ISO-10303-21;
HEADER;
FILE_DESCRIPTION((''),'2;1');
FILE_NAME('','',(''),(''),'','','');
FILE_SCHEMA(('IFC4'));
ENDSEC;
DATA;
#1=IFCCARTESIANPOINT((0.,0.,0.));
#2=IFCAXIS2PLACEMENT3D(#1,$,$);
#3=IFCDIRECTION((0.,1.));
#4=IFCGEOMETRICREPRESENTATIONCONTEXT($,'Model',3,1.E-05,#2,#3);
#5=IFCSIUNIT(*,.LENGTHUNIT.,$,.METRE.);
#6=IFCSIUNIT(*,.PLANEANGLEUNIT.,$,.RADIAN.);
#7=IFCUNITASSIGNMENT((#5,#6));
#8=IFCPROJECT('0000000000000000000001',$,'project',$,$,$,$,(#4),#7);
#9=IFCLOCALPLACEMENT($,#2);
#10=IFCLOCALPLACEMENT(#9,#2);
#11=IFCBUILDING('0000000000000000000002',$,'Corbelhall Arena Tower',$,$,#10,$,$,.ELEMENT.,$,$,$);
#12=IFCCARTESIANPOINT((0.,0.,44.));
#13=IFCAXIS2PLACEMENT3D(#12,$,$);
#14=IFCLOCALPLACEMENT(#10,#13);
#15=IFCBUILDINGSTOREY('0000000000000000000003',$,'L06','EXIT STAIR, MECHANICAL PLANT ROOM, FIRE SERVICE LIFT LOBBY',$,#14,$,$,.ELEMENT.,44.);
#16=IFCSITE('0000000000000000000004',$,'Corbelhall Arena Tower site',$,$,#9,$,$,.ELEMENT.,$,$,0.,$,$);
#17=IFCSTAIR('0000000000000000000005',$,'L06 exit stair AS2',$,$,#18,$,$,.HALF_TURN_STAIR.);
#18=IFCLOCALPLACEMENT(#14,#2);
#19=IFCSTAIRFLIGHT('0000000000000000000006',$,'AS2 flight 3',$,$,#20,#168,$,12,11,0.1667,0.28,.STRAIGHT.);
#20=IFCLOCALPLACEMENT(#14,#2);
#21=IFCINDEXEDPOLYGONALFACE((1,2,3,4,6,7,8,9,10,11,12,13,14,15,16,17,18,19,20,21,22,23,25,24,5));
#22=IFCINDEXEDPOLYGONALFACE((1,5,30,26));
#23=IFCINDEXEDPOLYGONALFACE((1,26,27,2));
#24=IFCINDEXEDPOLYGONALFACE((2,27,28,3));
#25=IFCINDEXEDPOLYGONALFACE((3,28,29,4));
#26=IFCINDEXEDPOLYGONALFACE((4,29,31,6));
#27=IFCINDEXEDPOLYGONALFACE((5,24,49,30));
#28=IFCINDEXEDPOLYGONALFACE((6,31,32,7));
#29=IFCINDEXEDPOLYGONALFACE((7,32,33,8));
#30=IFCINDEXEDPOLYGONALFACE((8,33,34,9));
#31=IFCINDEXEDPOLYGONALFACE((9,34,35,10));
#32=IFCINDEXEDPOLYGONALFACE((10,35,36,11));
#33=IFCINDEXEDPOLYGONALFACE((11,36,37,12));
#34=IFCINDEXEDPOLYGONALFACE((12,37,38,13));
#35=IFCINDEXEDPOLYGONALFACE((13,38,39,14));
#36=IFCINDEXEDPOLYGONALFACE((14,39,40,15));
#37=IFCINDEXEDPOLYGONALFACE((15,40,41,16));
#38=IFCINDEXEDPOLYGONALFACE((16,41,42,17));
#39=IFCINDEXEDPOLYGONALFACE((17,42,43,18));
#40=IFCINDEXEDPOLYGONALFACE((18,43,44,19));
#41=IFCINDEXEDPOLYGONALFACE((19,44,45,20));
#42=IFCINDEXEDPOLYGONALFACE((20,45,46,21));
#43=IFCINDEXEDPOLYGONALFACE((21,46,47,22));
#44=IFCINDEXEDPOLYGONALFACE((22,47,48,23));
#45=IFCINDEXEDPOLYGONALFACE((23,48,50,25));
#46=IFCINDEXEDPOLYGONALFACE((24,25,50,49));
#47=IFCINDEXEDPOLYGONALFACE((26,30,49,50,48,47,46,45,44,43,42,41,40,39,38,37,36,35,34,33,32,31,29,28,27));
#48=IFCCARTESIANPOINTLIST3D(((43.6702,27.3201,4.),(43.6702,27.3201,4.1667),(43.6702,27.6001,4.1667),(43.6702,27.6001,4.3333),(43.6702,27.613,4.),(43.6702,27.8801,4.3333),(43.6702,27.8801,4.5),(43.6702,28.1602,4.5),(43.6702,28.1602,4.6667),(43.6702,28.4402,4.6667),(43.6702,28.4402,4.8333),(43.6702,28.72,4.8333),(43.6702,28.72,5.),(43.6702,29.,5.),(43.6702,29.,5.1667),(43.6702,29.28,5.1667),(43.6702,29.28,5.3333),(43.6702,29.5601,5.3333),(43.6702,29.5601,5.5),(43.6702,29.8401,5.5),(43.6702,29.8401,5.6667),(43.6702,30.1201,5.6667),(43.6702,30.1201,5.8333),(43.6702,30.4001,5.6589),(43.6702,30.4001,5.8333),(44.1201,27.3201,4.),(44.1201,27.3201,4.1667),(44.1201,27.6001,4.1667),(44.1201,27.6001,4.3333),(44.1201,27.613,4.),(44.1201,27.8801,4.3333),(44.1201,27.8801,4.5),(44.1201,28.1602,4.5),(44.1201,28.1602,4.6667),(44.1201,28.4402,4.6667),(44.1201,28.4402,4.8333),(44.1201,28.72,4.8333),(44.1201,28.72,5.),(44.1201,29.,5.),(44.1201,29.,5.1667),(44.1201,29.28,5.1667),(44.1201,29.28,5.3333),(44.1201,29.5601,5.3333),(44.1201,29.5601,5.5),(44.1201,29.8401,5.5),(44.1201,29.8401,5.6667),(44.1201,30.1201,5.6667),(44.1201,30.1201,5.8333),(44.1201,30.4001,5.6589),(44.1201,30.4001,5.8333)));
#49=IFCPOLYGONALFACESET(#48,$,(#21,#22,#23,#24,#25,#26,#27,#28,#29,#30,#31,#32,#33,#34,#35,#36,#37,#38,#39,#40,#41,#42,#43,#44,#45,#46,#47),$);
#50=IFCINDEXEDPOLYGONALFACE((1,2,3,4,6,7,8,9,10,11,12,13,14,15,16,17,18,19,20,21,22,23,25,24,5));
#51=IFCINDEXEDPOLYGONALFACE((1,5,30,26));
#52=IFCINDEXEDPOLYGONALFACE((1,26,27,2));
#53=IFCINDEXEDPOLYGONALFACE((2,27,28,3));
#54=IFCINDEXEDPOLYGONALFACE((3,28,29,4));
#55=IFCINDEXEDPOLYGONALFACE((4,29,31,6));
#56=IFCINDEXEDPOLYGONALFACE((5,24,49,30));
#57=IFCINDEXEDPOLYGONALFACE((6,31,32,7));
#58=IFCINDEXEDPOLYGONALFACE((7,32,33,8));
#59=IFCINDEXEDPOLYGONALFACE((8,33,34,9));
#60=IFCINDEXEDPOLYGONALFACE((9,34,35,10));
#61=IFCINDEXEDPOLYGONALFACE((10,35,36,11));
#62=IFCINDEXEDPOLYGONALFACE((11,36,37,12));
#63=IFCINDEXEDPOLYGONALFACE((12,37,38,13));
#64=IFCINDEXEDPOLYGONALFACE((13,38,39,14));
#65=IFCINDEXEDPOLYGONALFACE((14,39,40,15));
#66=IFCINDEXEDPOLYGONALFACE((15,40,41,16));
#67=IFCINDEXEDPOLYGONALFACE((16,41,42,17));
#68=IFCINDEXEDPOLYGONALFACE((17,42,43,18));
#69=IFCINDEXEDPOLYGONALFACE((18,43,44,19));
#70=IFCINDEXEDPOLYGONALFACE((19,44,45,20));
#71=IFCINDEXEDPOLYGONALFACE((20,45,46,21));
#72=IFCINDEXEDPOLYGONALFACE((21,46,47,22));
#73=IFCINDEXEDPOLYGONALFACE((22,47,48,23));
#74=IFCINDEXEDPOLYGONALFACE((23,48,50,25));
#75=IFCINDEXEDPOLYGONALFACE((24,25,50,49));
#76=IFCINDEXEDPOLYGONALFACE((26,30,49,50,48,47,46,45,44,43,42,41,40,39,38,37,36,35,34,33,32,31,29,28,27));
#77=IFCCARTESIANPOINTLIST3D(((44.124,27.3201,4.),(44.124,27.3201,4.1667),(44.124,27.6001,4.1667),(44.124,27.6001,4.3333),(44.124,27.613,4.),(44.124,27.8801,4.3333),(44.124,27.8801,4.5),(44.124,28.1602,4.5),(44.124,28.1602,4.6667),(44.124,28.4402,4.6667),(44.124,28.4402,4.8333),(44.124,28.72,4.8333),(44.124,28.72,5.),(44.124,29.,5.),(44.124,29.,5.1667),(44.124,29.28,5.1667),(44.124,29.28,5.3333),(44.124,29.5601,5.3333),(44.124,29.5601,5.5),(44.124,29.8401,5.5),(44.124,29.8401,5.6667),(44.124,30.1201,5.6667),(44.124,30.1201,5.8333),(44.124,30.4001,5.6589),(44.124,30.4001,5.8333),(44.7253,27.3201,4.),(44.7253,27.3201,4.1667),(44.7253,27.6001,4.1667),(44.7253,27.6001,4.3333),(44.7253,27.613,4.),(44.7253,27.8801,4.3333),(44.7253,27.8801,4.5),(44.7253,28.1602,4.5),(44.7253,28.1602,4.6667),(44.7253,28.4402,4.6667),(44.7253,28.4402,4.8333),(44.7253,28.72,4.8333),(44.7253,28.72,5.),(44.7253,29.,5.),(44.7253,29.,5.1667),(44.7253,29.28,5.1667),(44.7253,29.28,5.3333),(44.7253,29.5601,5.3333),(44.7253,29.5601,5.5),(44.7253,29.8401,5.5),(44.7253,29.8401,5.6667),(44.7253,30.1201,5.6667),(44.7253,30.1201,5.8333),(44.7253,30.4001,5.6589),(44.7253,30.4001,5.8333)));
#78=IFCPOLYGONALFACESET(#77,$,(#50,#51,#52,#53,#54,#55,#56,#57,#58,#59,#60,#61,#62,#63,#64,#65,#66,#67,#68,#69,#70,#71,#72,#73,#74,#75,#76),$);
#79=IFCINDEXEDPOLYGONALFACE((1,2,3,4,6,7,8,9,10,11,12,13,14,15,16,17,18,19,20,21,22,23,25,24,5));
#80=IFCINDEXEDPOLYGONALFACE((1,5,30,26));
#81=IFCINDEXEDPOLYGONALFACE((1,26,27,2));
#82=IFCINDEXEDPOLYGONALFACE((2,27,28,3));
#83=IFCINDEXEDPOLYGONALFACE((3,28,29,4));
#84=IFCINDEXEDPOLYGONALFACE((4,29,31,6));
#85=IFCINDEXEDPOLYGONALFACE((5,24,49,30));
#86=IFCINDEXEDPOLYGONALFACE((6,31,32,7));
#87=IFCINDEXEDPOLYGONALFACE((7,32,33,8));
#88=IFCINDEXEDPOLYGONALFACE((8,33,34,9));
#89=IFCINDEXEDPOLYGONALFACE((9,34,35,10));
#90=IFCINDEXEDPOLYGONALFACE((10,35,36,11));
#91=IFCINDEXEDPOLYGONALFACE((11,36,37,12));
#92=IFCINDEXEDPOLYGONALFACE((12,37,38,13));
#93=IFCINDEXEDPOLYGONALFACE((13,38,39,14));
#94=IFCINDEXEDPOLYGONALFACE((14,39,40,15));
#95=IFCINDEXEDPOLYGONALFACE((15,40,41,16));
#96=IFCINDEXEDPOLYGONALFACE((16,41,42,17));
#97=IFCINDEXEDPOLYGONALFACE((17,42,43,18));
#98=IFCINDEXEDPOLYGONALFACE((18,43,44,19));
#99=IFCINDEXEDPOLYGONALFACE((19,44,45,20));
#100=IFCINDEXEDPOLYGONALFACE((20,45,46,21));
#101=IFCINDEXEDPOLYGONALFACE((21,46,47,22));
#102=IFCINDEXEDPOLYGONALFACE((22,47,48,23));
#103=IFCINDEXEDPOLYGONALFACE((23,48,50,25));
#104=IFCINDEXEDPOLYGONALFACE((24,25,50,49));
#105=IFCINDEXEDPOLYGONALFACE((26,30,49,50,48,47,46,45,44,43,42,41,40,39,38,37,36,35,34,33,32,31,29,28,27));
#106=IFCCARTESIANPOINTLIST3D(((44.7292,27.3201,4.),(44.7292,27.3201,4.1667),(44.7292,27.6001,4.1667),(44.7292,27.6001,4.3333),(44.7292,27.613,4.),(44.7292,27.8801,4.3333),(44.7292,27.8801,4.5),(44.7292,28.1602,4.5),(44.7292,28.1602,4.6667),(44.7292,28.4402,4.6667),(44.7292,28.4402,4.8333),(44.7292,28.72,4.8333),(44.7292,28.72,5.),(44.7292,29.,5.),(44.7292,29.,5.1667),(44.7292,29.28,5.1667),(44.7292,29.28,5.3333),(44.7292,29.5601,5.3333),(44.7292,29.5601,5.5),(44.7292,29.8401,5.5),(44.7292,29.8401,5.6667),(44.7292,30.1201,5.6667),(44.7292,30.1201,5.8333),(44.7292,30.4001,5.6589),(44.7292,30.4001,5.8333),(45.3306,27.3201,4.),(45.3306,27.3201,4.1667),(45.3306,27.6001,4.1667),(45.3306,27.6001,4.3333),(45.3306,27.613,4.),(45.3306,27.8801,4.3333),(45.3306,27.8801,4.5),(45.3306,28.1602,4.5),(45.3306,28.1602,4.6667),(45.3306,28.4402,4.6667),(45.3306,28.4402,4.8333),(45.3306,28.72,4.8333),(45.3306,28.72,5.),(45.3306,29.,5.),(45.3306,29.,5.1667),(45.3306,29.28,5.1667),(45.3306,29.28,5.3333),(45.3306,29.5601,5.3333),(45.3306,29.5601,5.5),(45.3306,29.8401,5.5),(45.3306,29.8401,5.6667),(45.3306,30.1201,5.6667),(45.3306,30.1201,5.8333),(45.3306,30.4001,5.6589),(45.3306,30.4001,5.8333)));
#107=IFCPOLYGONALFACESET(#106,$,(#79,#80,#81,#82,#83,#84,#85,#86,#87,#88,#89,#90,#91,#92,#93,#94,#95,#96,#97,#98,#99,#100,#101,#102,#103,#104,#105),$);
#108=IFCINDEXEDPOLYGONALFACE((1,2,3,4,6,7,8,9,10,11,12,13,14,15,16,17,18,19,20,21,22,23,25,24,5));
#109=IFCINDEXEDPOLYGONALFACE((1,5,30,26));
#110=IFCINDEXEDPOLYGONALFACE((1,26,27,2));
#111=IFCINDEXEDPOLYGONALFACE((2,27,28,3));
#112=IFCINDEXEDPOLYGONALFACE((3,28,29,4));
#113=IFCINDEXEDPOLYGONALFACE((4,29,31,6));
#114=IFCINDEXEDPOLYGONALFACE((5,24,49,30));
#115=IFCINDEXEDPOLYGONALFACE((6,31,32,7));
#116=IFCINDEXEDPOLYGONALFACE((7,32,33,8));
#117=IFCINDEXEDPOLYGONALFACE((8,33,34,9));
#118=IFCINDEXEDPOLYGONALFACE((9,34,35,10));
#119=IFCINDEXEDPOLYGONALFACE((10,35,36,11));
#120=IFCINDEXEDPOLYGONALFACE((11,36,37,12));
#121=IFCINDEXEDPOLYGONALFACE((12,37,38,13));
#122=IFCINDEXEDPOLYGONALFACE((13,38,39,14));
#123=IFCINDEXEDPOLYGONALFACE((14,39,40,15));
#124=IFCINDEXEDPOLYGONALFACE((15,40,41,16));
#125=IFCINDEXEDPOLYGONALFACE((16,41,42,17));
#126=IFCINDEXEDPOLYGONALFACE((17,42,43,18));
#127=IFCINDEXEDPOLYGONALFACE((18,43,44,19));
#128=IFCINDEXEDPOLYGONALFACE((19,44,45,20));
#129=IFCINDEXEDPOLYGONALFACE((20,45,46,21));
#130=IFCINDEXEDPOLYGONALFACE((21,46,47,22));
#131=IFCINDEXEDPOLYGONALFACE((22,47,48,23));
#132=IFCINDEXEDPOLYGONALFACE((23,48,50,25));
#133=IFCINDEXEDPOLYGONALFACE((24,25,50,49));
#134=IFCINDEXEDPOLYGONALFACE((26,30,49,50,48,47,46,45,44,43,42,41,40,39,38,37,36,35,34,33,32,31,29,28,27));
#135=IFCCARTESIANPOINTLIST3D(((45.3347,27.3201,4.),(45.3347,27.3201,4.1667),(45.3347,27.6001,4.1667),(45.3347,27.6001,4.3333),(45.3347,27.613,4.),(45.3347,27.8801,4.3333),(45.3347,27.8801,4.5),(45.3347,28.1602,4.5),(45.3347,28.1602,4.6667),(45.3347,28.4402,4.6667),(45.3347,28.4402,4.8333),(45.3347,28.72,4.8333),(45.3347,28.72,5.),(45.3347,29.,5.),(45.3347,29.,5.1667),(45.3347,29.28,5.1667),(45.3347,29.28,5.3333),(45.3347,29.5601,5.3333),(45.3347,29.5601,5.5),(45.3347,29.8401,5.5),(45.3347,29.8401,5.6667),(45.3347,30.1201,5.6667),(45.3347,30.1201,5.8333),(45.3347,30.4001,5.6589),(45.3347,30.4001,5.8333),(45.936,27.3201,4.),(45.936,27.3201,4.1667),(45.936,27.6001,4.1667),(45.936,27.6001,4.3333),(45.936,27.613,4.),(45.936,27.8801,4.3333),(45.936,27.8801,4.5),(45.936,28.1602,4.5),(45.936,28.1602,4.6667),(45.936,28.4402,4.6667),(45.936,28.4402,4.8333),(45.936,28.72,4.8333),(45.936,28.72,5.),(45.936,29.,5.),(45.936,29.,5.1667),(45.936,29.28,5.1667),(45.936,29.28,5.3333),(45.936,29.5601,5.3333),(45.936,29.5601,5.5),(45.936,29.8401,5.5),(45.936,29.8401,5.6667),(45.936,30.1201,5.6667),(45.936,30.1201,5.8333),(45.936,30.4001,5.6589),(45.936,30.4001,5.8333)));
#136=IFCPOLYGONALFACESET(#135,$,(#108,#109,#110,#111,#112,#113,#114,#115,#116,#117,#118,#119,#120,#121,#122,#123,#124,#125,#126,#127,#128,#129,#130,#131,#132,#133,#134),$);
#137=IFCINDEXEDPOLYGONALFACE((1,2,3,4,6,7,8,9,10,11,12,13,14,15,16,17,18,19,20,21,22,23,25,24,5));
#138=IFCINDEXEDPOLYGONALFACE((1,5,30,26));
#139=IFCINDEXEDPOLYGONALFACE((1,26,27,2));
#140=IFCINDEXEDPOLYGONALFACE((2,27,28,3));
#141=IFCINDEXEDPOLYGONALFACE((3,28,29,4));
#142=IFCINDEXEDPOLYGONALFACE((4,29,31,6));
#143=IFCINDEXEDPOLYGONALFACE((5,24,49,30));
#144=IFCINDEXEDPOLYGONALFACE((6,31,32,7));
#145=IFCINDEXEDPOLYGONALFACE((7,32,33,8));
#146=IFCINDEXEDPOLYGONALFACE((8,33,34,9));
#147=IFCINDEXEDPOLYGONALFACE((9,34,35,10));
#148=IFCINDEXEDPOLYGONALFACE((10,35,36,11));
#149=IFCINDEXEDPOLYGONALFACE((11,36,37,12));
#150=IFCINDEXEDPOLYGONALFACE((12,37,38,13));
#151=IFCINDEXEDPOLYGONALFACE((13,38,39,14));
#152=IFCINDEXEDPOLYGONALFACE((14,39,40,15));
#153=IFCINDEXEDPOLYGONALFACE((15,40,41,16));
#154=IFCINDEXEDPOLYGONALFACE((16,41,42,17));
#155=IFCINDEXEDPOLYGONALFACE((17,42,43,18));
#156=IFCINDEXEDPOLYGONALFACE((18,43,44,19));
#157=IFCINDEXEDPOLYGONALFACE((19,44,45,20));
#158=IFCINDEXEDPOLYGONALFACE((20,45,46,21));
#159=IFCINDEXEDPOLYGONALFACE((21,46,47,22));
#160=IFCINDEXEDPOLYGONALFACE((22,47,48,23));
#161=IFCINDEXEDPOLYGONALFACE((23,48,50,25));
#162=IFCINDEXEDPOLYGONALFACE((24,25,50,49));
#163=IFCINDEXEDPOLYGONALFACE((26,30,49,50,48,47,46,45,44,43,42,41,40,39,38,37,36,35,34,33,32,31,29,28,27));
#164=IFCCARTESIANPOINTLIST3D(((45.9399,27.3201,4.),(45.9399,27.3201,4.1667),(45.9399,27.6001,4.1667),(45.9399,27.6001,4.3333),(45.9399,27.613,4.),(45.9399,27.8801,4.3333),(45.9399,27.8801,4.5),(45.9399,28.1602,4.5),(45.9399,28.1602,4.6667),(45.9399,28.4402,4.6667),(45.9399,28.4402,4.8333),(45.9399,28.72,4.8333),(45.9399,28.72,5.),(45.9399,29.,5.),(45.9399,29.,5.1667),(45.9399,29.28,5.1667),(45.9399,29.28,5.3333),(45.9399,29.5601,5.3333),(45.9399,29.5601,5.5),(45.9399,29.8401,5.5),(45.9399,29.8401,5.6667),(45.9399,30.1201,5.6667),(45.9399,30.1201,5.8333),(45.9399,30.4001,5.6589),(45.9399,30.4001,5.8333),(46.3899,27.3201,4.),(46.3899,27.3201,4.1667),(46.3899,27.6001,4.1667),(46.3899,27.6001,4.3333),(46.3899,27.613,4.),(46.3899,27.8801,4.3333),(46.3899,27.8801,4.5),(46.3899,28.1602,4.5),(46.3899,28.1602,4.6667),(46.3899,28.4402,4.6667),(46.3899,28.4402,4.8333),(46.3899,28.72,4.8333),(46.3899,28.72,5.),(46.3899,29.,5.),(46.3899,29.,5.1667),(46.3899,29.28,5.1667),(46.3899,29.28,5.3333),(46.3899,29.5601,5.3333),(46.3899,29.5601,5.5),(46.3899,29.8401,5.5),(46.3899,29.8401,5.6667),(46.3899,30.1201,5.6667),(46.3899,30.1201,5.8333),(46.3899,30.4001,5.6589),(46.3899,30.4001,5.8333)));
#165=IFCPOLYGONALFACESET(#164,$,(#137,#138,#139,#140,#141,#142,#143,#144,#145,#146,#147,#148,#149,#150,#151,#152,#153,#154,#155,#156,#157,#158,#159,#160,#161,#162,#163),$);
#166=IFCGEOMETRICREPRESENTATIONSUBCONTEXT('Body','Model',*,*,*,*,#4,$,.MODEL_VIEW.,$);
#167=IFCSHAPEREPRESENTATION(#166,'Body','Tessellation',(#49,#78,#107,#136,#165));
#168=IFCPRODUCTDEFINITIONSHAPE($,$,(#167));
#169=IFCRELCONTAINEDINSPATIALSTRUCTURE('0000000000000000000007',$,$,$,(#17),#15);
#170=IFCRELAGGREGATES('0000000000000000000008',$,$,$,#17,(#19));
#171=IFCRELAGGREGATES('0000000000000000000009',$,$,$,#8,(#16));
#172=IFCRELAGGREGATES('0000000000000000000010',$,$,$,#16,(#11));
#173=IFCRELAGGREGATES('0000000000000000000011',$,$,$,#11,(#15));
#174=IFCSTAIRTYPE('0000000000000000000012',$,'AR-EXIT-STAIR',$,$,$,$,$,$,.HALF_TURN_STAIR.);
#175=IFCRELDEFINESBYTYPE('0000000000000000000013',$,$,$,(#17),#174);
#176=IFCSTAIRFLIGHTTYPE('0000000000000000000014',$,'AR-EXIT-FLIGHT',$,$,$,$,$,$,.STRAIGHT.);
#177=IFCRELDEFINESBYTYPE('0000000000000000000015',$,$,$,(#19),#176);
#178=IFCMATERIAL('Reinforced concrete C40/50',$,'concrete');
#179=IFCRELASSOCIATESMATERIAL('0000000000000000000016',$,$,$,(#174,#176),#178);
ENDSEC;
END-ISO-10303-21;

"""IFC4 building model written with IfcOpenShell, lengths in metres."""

from ifc_helpers import new_model, si_unit, direction, frame, origin, place, context, subcontext, project, spatial, polyline, outline, extrude, material, type_object, element, aggregate, save


model = new_model("IFC4")

# Units and contexts
model_context = context("Model", 3, precision=1e-05, world=origin(), true_north=direction((0.0, 1.0)))
body_context = subcontext(model_context, "Body", "Model", "MODEL_VIEW")
ifc_project = project(units=[si_unit("LENGTHUNIT", "METRE"), si_unit("PLANEANGLEUNIT", "RADIAN")], contexts=[model_context])

# Site, building, storey
site_placement = place(None, origin())
site = spatial("IfcSite", under=ifc_project, at=site_placement, Name="Corbelhall Arena Tower site", CompositionType="ELEMENT", RefElevation=0.0)
building_placement = place(site_placement, origin())
building = spatial("IfcBuilding", under=site, at=building_placement, Name="Corbelhall Arena Tower", CompositionType="ELEMENT")
storey_placement = place(building_placement, frame((0.0, 0.0, 44.0)))
storey = spatial("IfcBuildingStorey", under=building, at=storey_placement, Name="L06", Description="EXIT STAIR, MECHANICAL PLANT ROOM, FIRE SERVICE LIFT LOBBY", CompositionType="ELEMENT", Elevation=44.0)

# Shared definitions
ifc_material_1 = material(Name="Reinforced concrete C40/50", Category="concrete")

# Stair, stair flight
stair_type = type_object("IfcStairType", Name="AR-EXIT-STAIR", PredefinedType="HALF_TURN_STAIR", material=ifc_material_1)
stair_flight_type = type_object("IfcStairFlightType", Name="AR-EXIT-FLIGHT", PredefinedType="STRAIGHT", material=ifc_material_1)
stair_1_placement = place(storey_placement, origin())
stair_1 = element("IfcStair", 1, at=stair_1_placement, inside=storey, type_object=stair_type, Name="L06 exit stair AS2", PredefinedType="HALF_TURN_STAIR")
stair_flight_1_placement = place(storey_placement, frame((45.03, 27.3201, 4.0), z_axis=(0.0, 0.0, 1.0), x_axis=(0.0, 1.0, 0.0)))
stair_flight_1 = element("IfcStairFlight", 2, at=stair_flight_1_placement, type_object=stair_flight_type, Name="AS2 flight 3", NumberOfRisers=12, NumberOfTreads=11, PredefinedType="STRAIGHT", RiserHeight=0.1667, TreadLength=0.28, context=body_context, shape_type="SweptSolid", body=[
    extrude(outline(polyline([(0.0, 0.0), (0.0, 0.1667), (0.28, 0.1667), (0.28, 0.3333), (0.5601, 0.3333), (0.5601, 0.5), (0.8401, 0.5), (0.8401, 0.6667), (1.1201, 0.6667), (1.1201, 0.8333), (1.3999, 0.8333), (1.3999, 1.0), (1.6799, 1.0), (1.6799, 1.1667), (1.96, 1.1667), (1.96, 1.3333), (2.24, 1.3333), (2.24, 1.5), (2.52, 1.5), (2.52, 1.6667), (2.8, 1.6667), (2.8, 1.8333), (3.0801, 1.8333), (3.0801, 2.0), (3.0801, 1.6589), (0.293, 0.0), (0.0, 0.0)])), frame((0.0, 1.3599, 0.0), z_axis=(0.0, -1.0, 0.0), x_axis=(1.0, 0.0, 0.0)), (0.0, 0.0, 1.0), 0.45),
    extrude(outline(polyline([(0.0, 0.0), (0.0, 0.1667), (0.28, 0.1667), (0.28, 0.3333), (0.5601, 0.3333), (0.5601, 0.5), (0.8401, 0.5), (0.8401, 0.6667), (1.1201, 0.6667), (1.1201, 0.8333), (1.3999, 0.8333), (1.3999, 1.0), (1.6799, 1.0), (1.6799, 1.1667), (1.96, 1.1667), (1.96, 1.3333), (2.24, 1.3333), (2.24, 1.5), (2.52, 1.5), (2.52, 1.6667), (2.8, 1.6667), (2.8, 1.8333), (3.0801, 1.8333), (3.0801, 2.0), (3.0801, 1.6589), (0.293, 0.0), (0.0, 0.0)])), frame((0.0, 0.906, 0.0), z_axis=(0.0, -1.0, 0.0), x_axis=(1.0, 0.0, 0.0)), (0.0, 0.0, 1.0), 0.6013),
    extrude(outline(polyline([(0.0, 0.0), (0.0, 0.1667), (0.28, 0.1667), (0.28, 0.3333), (0.5601, 0.3333), (0.5601, 0.5), (0.8401, 0.5), (0.8401, 0.6667), (1.1201, 0.6667), (1.1201, 0.8333), (1.3999, 0.8333), (1.3999, 1.0), (1.6799, 1.0), (1.6799, 1.1667), (1.96, 1.1667), (1.96, 1.3333), (2.24, 1.3333), (2.24, 1.5), (2.52, 1.5), (2.52, 1.6667), (2.8, 1.6667), (2.8, 1.8333), (3.0801, 1.8333), (3.0801, 2.0), (3.0801, 1.6589), (0.293, 0.0), (0.0, 0.0)])), frame((0.0, 0.3008, 0.0), z_axis=(0.0, -1.0, 0.0), x_axis=(1.0, 0.0, 0.0)), (0.0, 0.0, 1.0), 0.6013),
    extrude(outline(polyline([(0.0, 0.0), (0.0, 0.1667), (0.28, 0.1667), (0.28, 0.3333), (0.5601, 0.3333), (0.5601, 0.5), (0.8401, 0.5), (0.8401, 0.6667), (1.1201, 0.6667), (1.1201, 0.8333), (1.3999, 0.8333), (1.3999, 1.0), (1.6799, 1.0), (1.6799, 1.1667), (1.96, 1.1667), (1.96, 1.3333), (2.24, 1.3333), (2.24, 1.5), (2.52, 1.5), (2.52, 1.6667), (2.8, 1.6667), (2.8, 1.8333), (3.0801, 1.8333), (3.0801, 2.0), (3.0801, 1.6589), (0.293, 0.0), (0.0, 0.0)])), frame((0.0, -0.3047, 0.0), z_axis=(0.0, -1.0, 0.0), x_axis=(1.0, 0.0, 0.0)), (0.0, 0.0, 1.0), 0.6013),
    extrude(outline(polyline([(0.0, 0.0), (0.0, 0.1667), (0.28, 0.1667), (0.28, 0.3333), (0.5601, 0.3333), (0.5601, 0.5), (0.8401, 0.5), (0.8401, 0.6667), (1.1201, 0.6667), (1.1201, 0.8333), (1.3999, 0.8333), (1.3999, 1.0), (1.6799, 1.0), (1.6799, 1.1667), (1.96, 1.1667), (1.96, 1.3333), (2.24, 1.3333), (2.24, 1.5), (2.52, 1.5), (2.52, 1.6667), (2.8, 1.6667), (2.8, 1.8333), (3.0801, 1.8333), (3.0801, 2.0), (3.0801, 1.6589), (0.293, 0.0), (0.0, 0.0)])), frame((0.0, -0.9099, 0.0), z_axis=(0.0, -1.0, 0.0), x_axis=(1.0, 0.0, 0.0)), (0.0, 0.0, 1.0), 0.45),
])
aggregate(stair_1, [stair_flight_1])

save(model, "model.ifc")
